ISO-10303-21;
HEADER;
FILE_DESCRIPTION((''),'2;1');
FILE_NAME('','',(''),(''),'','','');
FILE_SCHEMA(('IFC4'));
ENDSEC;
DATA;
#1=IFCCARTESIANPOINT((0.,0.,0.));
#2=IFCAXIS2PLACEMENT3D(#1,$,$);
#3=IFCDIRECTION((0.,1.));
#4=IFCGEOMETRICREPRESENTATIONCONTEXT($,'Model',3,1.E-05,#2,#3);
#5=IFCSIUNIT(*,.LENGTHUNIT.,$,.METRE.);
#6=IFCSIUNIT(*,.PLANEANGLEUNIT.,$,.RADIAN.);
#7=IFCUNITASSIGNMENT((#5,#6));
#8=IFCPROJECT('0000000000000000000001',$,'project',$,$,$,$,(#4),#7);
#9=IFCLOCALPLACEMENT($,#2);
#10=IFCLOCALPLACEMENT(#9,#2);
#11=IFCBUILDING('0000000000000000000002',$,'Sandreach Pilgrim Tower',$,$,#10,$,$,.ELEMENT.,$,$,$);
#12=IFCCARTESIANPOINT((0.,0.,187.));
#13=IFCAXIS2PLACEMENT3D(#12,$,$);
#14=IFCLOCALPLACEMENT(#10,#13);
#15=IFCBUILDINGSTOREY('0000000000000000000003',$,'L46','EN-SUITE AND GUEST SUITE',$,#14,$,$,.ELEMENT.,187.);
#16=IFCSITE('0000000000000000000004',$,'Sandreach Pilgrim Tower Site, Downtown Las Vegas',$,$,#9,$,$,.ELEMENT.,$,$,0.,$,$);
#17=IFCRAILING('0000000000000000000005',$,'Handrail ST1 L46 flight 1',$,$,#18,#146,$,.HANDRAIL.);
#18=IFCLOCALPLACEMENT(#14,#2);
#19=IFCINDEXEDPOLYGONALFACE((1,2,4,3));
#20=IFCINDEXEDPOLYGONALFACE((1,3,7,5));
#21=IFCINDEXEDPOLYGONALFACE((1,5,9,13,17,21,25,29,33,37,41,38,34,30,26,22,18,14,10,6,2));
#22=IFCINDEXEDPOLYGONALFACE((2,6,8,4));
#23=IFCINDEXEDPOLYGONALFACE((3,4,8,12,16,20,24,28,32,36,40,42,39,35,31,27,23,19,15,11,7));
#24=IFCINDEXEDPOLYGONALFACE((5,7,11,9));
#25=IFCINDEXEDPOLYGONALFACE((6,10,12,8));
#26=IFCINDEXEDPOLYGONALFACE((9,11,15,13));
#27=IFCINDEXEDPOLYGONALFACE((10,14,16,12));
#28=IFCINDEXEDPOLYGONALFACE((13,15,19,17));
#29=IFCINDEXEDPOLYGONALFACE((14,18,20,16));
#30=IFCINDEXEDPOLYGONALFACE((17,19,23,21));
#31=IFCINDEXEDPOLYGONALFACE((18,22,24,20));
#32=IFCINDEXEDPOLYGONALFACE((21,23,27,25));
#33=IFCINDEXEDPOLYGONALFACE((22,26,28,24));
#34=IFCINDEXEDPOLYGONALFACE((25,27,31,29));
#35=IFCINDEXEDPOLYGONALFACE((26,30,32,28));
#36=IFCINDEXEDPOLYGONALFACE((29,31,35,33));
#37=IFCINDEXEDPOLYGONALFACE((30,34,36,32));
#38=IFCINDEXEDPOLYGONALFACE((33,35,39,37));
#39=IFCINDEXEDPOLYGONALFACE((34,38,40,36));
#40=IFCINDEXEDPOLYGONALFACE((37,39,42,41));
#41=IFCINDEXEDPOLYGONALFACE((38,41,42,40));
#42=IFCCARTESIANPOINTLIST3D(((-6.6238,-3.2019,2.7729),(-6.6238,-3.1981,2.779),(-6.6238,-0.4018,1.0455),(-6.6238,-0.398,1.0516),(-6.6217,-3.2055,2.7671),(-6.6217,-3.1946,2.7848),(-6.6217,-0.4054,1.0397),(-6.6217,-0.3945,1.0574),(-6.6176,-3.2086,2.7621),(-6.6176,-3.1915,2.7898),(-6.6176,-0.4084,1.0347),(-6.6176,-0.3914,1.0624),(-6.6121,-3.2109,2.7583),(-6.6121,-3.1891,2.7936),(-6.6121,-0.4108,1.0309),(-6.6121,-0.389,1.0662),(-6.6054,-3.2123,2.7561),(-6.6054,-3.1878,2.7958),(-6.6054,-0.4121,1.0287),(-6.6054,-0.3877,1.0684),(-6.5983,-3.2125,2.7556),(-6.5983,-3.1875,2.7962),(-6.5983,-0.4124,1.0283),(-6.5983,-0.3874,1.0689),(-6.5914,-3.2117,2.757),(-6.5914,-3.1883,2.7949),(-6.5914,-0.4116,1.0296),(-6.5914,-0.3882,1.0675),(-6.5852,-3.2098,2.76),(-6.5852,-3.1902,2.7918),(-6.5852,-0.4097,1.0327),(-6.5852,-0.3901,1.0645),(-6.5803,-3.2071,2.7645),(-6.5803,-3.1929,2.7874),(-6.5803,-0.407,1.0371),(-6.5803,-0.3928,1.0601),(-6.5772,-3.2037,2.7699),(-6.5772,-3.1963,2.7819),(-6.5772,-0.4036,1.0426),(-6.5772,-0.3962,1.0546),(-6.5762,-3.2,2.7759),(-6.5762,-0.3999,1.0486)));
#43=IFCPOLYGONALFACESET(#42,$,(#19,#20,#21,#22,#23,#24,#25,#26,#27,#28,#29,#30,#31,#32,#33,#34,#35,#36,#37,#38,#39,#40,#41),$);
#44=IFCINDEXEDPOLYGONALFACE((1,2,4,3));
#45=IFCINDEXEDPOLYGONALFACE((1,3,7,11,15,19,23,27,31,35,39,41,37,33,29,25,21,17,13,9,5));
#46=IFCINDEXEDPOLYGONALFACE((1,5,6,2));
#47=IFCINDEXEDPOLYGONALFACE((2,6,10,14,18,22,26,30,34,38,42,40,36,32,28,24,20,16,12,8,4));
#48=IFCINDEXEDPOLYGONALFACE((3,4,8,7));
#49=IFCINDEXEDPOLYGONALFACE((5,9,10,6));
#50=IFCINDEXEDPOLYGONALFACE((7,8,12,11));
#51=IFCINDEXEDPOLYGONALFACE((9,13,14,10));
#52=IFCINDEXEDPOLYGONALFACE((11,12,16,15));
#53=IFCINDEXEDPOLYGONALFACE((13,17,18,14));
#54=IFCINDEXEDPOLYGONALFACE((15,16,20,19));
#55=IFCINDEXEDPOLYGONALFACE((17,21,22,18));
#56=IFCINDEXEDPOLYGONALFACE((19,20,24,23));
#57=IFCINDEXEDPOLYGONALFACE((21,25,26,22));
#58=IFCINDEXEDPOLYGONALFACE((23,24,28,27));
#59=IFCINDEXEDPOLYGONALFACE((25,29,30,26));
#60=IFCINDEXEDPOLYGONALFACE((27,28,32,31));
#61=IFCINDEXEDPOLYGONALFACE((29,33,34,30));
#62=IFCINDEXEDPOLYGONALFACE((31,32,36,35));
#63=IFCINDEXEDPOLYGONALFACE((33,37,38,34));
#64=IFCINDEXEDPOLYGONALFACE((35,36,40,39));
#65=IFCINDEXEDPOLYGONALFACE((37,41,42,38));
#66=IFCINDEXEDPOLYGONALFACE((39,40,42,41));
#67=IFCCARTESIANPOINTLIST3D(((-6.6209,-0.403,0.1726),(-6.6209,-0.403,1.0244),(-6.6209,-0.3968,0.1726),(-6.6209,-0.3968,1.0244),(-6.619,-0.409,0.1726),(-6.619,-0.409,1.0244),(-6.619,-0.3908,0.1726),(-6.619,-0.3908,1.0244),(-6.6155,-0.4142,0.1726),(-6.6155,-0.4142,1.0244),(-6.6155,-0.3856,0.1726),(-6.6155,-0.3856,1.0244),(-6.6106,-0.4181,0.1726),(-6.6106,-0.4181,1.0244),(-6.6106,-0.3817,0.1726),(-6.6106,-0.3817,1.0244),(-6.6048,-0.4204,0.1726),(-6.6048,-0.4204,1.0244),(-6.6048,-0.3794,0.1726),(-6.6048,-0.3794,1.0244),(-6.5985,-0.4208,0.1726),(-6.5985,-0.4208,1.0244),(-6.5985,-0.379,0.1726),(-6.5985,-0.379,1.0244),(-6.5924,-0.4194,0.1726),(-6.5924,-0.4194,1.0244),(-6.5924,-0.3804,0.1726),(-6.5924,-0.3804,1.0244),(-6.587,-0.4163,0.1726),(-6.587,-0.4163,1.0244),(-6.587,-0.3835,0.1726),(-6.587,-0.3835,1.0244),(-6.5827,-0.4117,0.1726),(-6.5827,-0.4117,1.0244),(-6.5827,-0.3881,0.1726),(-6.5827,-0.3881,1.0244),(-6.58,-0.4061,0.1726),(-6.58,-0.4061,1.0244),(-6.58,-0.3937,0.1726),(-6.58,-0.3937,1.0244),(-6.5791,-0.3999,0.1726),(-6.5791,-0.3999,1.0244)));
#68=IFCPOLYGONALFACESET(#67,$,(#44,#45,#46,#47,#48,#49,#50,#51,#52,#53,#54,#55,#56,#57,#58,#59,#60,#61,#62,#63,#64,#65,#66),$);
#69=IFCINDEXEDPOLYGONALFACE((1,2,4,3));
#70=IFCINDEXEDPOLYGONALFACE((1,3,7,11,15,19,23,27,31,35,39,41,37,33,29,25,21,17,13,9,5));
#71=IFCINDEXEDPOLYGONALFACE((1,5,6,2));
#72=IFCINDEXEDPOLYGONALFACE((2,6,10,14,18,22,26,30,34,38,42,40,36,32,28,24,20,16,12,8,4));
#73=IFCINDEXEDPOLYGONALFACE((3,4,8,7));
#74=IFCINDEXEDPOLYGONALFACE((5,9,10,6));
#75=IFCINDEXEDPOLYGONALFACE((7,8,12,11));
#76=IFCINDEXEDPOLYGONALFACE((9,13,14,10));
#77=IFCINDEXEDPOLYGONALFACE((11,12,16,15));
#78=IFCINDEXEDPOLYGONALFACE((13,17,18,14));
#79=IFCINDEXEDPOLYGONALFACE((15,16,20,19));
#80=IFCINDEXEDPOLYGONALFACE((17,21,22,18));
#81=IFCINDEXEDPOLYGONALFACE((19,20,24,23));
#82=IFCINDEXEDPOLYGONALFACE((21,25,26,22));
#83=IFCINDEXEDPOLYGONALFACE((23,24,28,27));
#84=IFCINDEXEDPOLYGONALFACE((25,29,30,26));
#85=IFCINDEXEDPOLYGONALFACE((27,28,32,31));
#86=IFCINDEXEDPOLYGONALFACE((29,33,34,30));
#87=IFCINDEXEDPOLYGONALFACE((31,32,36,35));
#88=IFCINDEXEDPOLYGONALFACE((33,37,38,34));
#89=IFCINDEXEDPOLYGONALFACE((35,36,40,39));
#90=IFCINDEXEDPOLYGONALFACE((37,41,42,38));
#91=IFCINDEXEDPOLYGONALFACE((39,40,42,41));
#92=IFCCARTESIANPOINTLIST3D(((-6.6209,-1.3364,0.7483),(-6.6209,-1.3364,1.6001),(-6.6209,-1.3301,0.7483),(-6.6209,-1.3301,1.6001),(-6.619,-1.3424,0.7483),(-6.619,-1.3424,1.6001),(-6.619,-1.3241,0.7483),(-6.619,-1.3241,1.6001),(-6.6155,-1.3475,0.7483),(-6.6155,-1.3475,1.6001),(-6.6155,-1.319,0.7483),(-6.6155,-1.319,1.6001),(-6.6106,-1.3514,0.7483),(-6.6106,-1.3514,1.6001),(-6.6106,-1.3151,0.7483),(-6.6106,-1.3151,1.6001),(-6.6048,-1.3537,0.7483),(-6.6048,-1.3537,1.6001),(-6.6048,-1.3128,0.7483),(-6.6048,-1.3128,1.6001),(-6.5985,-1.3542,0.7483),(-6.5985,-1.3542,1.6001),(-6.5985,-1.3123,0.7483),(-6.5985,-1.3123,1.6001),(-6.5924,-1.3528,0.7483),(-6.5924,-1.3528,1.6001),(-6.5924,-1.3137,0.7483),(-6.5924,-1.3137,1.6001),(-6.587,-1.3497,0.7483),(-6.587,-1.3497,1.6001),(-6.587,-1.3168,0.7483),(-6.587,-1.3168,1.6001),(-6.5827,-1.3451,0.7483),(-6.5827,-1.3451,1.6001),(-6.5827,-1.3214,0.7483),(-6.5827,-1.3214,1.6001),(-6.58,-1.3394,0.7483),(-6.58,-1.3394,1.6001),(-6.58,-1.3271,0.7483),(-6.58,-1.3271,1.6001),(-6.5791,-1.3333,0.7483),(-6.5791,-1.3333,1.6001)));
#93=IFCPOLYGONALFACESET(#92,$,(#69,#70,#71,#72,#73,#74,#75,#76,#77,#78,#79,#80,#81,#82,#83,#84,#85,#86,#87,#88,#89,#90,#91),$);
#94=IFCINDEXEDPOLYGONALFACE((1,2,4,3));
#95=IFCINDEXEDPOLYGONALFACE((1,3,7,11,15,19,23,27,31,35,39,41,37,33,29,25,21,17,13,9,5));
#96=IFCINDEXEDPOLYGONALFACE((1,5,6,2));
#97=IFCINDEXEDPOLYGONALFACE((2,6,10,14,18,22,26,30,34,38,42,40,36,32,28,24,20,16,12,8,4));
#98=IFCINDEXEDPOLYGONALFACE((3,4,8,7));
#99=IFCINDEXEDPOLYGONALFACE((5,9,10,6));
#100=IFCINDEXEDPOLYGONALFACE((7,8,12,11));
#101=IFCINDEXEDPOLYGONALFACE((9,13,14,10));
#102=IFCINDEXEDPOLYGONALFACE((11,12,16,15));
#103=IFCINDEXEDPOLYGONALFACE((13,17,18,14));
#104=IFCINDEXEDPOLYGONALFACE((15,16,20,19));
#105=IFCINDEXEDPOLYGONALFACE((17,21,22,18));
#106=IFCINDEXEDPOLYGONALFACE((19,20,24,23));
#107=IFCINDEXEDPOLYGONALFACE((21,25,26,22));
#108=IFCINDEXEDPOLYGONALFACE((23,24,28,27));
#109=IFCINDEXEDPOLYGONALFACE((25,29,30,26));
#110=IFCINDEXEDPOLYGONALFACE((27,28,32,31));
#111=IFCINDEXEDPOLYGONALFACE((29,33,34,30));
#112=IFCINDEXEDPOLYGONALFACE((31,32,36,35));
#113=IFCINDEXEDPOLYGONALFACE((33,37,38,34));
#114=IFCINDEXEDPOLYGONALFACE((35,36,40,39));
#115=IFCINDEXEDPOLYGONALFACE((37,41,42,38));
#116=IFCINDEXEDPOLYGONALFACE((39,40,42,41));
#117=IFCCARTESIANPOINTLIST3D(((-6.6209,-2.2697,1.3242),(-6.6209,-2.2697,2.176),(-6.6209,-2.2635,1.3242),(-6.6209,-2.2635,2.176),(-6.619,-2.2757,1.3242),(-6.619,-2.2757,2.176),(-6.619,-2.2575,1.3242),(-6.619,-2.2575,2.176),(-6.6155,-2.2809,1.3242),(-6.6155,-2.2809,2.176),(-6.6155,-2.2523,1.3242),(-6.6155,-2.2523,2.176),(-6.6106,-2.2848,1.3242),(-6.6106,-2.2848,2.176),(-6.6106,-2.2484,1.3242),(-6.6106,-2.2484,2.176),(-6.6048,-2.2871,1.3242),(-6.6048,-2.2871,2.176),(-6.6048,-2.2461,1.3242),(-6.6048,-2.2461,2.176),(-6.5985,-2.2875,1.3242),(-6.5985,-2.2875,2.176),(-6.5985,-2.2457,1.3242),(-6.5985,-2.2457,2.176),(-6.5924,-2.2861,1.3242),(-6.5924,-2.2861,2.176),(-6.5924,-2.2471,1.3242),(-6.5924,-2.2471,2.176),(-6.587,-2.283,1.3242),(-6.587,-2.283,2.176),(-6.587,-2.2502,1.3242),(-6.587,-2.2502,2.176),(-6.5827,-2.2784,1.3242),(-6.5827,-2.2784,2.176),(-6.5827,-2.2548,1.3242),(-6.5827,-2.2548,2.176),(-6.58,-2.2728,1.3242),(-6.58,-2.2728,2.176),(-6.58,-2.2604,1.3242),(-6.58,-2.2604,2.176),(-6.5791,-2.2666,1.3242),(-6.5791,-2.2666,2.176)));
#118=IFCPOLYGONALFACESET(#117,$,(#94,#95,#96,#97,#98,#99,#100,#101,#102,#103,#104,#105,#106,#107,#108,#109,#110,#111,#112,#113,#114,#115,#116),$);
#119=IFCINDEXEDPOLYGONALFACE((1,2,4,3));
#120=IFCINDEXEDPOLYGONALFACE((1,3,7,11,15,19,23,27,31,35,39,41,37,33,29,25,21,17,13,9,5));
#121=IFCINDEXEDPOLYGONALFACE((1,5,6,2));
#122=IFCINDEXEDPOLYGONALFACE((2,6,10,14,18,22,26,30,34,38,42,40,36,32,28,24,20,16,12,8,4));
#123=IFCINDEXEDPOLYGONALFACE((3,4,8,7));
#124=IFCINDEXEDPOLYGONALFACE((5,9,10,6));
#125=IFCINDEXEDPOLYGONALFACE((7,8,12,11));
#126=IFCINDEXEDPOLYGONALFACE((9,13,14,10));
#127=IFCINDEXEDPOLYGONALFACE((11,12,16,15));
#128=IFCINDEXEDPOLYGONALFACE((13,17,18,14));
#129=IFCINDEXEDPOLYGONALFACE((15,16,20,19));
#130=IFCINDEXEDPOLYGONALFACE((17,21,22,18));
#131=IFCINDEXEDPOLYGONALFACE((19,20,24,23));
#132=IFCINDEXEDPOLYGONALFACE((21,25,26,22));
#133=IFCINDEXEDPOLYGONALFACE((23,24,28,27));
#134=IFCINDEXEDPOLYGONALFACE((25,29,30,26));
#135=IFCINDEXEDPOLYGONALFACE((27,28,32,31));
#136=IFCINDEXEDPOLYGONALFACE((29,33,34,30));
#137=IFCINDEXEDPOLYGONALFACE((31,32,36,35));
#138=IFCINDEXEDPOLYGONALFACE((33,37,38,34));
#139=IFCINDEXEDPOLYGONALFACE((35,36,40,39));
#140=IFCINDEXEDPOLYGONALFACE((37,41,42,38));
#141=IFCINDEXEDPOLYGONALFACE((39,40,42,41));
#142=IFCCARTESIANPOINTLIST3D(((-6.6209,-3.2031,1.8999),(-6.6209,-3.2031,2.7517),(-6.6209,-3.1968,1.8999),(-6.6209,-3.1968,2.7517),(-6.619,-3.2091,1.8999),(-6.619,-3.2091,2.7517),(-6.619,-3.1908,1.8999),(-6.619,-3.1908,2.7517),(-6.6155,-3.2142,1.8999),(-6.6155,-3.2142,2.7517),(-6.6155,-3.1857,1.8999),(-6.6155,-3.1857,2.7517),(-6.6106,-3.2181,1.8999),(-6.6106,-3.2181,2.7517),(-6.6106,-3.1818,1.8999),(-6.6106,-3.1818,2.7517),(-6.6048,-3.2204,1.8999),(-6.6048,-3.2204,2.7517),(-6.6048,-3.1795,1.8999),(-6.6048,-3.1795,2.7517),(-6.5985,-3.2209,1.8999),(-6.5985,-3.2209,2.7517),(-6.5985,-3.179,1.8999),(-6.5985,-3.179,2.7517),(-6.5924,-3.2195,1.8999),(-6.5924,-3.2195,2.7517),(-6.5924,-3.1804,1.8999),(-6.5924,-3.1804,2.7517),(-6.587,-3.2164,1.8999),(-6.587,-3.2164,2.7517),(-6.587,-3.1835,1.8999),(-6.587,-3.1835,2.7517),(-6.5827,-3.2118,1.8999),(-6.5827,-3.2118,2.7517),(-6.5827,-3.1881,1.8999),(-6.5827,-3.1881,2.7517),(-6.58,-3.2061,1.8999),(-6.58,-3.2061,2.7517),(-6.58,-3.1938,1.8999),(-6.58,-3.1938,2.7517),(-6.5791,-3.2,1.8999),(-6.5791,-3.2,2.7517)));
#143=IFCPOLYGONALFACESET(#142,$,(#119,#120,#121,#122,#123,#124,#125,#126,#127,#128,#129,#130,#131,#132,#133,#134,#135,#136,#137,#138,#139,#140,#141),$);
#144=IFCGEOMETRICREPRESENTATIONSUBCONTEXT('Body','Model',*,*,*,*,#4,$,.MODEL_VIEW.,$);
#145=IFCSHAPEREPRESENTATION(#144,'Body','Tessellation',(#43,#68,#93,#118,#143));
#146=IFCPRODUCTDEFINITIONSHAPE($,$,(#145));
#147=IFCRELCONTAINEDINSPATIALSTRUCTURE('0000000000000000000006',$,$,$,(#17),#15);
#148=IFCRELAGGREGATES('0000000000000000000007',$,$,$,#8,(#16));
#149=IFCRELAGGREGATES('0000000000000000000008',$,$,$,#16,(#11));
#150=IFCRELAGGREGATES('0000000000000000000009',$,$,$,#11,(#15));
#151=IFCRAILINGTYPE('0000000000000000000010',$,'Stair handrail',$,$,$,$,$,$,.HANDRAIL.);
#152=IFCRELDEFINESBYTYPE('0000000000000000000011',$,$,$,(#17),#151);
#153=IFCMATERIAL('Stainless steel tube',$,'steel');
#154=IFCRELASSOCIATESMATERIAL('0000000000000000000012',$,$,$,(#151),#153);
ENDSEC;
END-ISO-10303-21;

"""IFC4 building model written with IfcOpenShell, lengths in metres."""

from ifc_helpers import new_model, si_unit, direction, frame, origin, origin_2d, place, context, subcontext, project, spatial, circle, extrude, material, type_object, element, save


model = new_model("IFC4")

# Units and contexts
model_context = context("Model", 3, precision=1e-05, world=origin(), true_north=direction((0.0, 1.0)))
body_context = subcontext(model_context, "Body", "Model", "MODEL_VIEW")
ifc_project = project(units=[si_unit("LENGTHUNIT", "METRE"), si_unit("PLANEANGLEUNIT", "RADIAN")], contexts=[model_context])

# Site, building, storey
site_placement = place(None, origin())
site = spatial("IfcSite", under=ifc_project, at=site_placement, Name="Sandreach Pilgrim Tower Site, Downtown Las Vegas", CompositionType="ELEMENT", RefElevation=0.0)
building_placement = place(site_placement, origin())
building = spatial("IfcBuilding", under=site, at=building_placement, Name="Sandreach Pilgrim Tower", CompositionType="ELEMENT")
storey_placement = place(building_placement, frame((0.0, 0.0, 187.0)))
storey = spatial("IfcBuildingStorey", under=building, at=storey_placement, Name="L46", Description="EN-SUITE AND GUEST SUITE", CompositionType="ELEMENT", Elevation=187.0)

# Railing
ifc_material_1 = material(Name="Stainless steel tube", Category="steel")
railing_type = type_object("IfcRailingType", Name="Stair handrail", PredefinedType="HANDRAIL", material=ifc_material_1)
for number, where, name in (
    (1, (-6.6001, -0.3999, 0.1726), "Handrail ST1 L46 flight 1"),
):
    element("IfcRailing", number, at=place(storey_placement, frame(where)), inside=storey, type_object=railing_type, Name=name, PredefinedType="HANDRAIL", context=body_context, shape_type="SweptSolid", body=[
        extrude(circle(Radius=0.0239, at=origin_2d()), frame((0.0, 0.0, 0.876), z_axis=(0.0, -0.85109, 0.52502), x_axis=(1.0, 0.0, 0.0)), (0.0, 0.0, 1.0), 3.29),
        extrude(circle(Radius=0.021, at=origin_2d()), origin(), (0.0, 0.0, 1.0), 0.8518),
        extrude(circle(Radius=0.021, at=origin_2d()), frame((0.0, -0.9333, 0.5757)), (0.0, 0.0, 1.0), 0.8518),
        extrude(circle(Radius=0.021, at=origin_2d()), frame((0.0, -1.8667, 1.1516)), (0.0, 0.0, 1.0), 0.8518),
        extrude(circle(Radius=0.021, at=origin_2d()), frame((0.0, -2.8, 1.7273)), (0.0, 0.0, 1.0), 0.8518),
    ])

save(model, "model.ifc")
